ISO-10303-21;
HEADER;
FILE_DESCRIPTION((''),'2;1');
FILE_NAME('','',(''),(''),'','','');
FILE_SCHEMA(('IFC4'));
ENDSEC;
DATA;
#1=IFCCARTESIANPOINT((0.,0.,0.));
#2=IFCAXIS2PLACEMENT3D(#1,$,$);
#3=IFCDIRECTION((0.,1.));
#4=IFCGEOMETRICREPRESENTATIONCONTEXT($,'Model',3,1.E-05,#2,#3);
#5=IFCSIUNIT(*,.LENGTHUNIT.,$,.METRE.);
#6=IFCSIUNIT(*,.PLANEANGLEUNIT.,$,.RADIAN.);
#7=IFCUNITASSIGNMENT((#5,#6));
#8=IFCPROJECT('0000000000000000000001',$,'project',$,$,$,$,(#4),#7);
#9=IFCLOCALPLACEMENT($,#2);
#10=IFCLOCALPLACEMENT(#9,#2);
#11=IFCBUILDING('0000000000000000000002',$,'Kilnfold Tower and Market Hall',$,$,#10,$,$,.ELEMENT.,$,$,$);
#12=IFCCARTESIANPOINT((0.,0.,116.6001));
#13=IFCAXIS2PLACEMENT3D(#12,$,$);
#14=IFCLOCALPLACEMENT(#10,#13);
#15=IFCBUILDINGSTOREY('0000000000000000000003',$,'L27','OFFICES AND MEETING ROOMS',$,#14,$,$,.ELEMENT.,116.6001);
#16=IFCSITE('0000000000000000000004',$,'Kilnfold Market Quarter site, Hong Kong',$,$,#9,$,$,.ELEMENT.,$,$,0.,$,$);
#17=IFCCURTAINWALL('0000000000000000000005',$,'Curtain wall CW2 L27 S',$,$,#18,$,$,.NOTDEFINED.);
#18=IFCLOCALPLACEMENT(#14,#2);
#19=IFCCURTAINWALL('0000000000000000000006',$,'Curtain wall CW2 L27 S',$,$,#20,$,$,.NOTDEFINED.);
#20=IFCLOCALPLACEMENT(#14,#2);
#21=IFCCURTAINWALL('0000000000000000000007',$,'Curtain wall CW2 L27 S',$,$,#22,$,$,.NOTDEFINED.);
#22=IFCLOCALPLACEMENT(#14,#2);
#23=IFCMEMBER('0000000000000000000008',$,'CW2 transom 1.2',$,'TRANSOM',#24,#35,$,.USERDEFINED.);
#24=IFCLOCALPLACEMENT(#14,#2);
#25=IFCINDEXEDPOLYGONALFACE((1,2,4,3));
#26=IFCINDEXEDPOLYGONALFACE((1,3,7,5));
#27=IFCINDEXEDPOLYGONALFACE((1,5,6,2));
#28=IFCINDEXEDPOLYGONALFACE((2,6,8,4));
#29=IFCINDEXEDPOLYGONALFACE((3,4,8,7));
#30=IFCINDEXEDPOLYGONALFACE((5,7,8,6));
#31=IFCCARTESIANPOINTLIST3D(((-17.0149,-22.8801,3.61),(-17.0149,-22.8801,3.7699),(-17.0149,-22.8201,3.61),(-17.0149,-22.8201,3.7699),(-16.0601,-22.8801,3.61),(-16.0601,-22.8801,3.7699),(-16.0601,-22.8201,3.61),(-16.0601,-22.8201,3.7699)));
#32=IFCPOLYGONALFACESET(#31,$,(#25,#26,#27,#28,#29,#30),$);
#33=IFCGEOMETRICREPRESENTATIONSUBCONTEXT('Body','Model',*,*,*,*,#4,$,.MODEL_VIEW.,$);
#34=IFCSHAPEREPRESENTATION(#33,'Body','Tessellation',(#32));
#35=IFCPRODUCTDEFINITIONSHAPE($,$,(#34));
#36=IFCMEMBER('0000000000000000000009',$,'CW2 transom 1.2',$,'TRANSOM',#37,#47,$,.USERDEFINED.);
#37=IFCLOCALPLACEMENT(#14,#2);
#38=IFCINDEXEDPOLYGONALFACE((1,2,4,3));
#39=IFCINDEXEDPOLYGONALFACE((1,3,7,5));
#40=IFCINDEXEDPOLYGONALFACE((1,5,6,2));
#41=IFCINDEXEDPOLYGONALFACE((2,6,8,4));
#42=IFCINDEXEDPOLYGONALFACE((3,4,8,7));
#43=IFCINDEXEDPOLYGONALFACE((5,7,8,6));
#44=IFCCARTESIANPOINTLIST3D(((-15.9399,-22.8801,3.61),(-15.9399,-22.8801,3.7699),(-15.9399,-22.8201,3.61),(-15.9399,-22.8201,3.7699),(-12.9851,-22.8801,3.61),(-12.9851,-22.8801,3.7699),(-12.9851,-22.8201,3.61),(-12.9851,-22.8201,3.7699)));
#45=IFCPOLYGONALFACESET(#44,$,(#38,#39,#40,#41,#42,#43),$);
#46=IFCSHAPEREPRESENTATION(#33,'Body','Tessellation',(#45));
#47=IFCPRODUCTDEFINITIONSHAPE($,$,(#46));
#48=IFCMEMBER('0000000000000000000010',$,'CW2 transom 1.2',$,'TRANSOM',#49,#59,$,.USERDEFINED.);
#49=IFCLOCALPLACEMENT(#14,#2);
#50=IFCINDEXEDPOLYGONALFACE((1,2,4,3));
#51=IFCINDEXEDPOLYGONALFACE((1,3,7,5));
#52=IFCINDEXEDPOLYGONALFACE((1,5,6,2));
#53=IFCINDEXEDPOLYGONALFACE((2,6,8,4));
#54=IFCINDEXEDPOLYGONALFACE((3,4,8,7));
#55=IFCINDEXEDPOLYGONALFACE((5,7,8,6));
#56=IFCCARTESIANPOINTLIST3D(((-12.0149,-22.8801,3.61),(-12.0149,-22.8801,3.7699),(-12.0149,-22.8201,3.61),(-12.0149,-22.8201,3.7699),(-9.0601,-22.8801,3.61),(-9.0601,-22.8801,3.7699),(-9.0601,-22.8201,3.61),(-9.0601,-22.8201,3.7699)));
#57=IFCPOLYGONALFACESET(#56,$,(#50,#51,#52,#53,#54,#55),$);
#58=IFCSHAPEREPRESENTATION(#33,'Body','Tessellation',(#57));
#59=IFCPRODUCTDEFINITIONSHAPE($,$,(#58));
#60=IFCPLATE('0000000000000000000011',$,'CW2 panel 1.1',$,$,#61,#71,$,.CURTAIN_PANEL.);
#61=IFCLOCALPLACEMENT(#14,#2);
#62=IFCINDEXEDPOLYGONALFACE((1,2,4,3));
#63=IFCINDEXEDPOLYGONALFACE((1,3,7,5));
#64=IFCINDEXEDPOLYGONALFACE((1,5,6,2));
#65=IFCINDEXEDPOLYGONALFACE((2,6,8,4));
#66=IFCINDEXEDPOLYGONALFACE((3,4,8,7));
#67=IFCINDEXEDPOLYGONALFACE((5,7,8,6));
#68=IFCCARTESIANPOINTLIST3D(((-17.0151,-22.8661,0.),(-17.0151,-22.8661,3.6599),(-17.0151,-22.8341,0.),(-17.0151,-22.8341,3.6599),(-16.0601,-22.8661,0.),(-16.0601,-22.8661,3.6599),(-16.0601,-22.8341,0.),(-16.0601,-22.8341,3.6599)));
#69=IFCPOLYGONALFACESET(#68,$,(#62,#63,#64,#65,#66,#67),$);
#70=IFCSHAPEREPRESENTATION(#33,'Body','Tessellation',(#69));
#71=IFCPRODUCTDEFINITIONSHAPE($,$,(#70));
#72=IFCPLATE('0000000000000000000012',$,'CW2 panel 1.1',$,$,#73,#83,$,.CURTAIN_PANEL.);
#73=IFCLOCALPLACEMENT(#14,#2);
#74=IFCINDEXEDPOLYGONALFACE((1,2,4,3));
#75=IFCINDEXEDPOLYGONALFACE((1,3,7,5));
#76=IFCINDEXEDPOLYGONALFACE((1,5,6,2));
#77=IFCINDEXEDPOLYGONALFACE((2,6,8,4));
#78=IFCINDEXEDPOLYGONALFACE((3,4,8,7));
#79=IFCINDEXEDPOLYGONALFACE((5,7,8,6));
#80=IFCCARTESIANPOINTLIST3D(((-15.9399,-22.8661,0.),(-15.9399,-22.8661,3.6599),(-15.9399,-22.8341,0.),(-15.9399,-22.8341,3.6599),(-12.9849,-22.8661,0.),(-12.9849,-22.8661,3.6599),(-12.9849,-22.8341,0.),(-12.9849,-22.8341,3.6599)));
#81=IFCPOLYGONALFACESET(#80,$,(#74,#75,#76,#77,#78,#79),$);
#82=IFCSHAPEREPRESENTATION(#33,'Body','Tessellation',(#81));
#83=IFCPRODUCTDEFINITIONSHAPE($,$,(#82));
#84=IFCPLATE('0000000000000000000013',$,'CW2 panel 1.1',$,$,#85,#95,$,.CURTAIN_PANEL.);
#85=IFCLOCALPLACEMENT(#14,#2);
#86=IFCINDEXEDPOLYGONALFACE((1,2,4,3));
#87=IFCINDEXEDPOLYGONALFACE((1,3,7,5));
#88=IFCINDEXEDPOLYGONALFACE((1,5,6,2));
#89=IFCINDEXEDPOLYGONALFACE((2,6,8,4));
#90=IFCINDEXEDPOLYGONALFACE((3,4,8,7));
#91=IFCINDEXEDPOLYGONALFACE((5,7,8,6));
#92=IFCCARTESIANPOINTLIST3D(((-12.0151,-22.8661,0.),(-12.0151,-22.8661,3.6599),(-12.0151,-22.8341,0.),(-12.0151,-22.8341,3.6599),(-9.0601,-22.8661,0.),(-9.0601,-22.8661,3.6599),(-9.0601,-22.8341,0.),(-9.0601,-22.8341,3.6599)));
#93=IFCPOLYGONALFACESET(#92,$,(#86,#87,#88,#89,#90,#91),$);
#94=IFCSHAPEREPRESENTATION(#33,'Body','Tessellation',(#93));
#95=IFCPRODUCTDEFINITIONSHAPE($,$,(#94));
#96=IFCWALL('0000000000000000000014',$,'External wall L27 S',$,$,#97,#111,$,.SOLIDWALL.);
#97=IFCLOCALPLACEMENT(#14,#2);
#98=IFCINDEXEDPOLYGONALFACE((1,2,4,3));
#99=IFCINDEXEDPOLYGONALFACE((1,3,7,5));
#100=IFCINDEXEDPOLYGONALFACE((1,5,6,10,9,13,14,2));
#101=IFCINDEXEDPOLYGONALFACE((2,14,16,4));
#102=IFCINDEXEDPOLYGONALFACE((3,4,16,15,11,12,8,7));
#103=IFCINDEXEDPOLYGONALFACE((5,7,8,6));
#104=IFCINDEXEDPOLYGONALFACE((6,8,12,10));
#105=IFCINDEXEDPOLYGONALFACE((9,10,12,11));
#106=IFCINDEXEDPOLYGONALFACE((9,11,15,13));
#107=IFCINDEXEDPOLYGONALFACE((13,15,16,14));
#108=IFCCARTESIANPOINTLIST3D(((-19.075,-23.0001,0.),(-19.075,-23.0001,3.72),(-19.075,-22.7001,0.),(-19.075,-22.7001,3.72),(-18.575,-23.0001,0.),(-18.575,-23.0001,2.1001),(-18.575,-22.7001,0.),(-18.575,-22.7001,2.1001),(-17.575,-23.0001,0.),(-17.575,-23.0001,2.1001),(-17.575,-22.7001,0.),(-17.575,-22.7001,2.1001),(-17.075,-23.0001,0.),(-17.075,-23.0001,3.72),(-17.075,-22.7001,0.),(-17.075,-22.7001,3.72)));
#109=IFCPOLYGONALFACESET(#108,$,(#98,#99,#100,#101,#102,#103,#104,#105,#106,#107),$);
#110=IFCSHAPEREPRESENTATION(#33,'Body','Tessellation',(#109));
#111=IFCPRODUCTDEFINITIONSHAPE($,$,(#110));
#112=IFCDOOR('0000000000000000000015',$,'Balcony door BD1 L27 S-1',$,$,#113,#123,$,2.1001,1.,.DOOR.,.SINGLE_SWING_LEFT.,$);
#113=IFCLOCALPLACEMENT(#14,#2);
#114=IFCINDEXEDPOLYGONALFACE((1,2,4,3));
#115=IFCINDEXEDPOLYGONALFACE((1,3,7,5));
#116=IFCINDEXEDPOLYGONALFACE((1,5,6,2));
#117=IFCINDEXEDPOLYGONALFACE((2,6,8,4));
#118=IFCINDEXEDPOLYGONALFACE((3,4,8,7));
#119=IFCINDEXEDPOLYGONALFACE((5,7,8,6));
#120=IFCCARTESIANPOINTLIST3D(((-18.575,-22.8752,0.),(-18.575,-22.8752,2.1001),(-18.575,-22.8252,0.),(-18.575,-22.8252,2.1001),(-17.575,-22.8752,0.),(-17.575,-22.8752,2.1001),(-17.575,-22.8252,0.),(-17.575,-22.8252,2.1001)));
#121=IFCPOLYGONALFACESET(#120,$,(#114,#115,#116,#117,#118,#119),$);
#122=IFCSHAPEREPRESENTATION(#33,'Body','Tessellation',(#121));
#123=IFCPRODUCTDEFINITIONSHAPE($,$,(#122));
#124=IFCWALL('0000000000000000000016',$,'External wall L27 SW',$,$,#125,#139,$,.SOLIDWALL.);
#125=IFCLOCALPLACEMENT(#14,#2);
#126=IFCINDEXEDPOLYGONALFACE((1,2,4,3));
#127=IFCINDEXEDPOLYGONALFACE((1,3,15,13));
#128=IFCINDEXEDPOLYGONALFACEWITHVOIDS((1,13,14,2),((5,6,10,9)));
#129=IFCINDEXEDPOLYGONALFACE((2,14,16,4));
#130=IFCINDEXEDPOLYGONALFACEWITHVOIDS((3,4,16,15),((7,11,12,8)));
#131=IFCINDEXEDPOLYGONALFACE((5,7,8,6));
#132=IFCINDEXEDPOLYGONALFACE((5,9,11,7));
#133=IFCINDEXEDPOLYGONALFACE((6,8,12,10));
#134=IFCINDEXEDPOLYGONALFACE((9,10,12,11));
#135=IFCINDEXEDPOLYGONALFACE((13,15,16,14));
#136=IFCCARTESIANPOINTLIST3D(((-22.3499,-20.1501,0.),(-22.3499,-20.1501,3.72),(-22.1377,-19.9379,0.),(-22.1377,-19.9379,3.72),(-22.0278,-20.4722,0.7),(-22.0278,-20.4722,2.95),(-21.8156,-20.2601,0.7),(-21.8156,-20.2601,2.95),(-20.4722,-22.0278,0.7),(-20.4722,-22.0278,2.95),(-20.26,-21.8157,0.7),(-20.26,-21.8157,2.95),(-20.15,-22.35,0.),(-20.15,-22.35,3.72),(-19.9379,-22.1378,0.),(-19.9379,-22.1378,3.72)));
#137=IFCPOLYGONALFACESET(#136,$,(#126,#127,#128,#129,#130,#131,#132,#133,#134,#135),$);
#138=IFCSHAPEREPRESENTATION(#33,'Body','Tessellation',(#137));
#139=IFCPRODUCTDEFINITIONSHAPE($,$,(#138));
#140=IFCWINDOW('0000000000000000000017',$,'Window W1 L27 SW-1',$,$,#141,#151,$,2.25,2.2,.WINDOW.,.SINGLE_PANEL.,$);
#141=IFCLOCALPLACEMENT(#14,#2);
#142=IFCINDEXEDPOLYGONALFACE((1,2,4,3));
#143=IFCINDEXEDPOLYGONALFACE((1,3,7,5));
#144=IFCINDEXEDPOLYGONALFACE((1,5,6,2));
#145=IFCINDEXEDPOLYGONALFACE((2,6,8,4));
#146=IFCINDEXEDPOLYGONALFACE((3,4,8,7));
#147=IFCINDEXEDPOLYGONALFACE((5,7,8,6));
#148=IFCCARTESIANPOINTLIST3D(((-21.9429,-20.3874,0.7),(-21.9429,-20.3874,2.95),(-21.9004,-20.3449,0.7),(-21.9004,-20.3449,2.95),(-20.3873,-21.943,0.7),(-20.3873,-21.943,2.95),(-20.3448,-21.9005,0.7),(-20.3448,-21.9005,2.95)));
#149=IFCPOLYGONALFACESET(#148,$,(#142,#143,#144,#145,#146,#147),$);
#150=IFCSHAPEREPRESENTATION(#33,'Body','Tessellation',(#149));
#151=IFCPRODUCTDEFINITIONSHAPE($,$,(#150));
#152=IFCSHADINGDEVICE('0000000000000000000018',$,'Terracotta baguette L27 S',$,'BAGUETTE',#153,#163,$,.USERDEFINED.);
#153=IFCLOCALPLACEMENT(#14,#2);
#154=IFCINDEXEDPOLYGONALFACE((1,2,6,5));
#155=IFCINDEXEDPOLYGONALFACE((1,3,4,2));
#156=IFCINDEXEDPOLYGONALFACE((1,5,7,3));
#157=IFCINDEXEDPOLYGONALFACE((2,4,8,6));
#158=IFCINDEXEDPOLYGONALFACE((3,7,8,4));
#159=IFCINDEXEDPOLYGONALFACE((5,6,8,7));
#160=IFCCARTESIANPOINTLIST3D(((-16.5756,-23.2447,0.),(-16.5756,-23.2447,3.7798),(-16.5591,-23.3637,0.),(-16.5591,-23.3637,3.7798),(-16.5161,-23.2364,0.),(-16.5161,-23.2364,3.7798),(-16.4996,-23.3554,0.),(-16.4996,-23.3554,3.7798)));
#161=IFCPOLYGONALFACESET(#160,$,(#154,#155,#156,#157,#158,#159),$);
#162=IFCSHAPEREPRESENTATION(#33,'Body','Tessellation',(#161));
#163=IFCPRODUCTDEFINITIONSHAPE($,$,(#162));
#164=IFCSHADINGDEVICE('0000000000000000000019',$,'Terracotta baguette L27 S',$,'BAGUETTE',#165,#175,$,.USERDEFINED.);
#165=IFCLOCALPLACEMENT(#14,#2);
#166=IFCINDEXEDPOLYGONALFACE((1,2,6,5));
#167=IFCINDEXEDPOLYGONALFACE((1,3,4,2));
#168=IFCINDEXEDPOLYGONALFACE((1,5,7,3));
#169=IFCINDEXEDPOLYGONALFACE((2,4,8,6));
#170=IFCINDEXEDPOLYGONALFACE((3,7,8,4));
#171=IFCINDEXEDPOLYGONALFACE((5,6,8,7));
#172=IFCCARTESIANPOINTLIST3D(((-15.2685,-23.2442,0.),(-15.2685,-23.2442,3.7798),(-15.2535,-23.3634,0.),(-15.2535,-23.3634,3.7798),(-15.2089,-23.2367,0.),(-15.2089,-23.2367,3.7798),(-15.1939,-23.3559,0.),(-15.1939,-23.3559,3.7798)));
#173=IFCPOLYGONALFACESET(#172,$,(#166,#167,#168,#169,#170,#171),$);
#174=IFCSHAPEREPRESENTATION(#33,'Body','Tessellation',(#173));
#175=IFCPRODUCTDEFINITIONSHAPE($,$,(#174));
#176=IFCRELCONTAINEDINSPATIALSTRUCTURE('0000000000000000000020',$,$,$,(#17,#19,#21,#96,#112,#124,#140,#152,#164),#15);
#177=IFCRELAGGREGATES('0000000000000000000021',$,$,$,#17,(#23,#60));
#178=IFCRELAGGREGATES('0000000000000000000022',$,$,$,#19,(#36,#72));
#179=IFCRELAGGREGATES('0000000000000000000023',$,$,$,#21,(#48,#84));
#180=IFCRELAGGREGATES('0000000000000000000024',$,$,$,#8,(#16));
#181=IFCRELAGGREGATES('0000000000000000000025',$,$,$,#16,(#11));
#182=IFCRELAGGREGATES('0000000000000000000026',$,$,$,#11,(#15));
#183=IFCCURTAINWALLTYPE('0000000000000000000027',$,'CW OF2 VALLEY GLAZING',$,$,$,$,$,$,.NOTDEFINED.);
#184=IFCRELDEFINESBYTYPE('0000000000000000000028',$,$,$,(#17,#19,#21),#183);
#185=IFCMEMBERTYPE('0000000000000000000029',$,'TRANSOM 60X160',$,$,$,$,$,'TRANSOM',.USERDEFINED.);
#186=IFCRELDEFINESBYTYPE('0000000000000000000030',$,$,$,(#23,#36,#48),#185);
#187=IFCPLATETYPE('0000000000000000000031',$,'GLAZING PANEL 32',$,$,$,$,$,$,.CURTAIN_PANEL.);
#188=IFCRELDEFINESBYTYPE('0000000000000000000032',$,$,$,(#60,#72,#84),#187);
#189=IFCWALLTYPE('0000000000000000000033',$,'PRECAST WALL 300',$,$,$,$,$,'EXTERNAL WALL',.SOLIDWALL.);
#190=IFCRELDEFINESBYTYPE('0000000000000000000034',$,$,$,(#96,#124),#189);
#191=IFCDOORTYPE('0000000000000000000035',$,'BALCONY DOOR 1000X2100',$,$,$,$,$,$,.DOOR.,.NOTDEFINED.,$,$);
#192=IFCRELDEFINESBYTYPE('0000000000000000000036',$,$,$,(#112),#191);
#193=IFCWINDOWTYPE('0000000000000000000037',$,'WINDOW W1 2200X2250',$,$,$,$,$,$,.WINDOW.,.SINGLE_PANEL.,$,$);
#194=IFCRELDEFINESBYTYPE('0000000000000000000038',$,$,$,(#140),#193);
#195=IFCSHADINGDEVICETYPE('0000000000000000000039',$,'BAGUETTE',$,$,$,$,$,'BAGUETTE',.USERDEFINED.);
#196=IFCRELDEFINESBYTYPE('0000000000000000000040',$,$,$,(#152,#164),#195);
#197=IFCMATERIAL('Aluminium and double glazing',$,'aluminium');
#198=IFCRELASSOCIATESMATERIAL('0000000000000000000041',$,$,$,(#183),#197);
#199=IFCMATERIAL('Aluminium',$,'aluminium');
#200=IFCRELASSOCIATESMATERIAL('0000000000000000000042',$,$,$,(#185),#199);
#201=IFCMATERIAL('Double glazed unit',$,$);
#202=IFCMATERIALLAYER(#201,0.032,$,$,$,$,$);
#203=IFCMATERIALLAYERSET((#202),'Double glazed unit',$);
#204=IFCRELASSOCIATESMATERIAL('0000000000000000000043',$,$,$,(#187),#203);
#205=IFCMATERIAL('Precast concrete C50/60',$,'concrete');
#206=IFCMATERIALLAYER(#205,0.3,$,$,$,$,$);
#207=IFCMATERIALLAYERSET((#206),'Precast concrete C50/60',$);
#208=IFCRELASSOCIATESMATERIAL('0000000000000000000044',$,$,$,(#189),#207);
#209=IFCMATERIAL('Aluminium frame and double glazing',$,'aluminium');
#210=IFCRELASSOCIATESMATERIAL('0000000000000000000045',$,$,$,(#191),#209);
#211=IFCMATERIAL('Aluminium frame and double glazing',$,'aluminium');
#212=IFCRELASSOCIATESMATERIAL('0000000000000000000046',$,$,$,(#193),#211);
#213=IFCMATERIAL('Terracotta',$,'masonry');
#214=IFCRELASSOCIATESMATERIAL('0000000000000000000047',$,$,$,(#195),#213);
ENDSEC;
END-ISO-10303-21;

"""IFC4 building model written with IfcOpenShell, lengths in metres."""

from ifc_helpers import new_model, si_unit, direction, frame, frame_2d, origin, origin_2d, place, context, subcontext, project, spatial, rectangle, extrude, source, transform, mapped, material, layer, layer_set, material_profile, profile_set, type_object, element, fill, aggregate, save


model = new_model("IFC4")

# Units and contexts
model_context = context("Model", 3, precision=1e-05, world=origin(), true_north=direction((0.0, 1.0)))
body_context = subcontext(model_context, "Body", "Model", "MODEL_VIEW")
ifc_project = project(units=[si_unit("LENGTHUNIT", "METRE"), si_unit("PLANEANGLEUNIT", "RADIAN")], contexts=[model_context])

# Site, building, storey
site_placement = place(None, origin())
site = spatial("IfcSite", under=ifc_project, at=site_placement, Name="Kilnfold Market Quarter site, Hong Kong", CompositionType="ELEMENT", RefElevation=0.0)
building_placement = place(site_placement, origin())
building = spatial("IfcBuilding", under=site, at=building_placement, Name="Kilnfold Tower and Market Hall", CompositionType="ELEMENT")
storey_placement = place(building_placement, frame((0.0, 0.0, 116.6001)))
storey = spatial("IfcBuildingStorey", under=building, at=storey_placement, Name="L27", Description="OFFICES AND MEETING ROOMS", CompositionType="ELEMENT", Elevation=116.6001)

# Curtain walls
ifc_material_1 = material(Name="Aluminium and double glazing", Category="aluminium")
curtain_wall_type = type_object("IfcCurtainWallType", Name="CW OF2 VALLEY GLAZING", PredefinedType="NOTDEFINED", material=ifc_material_1)
curtain_wall_1_placement = place(storey_placement, origin())
curtain_wall_1 = element("IfcCurtainWall", 1, at=curtain_wall_1_placement, inside=storey, type_object=curtain_wall_type, Name="Curtain wall CW2 L27 S", PredefinedType="NOTDEFINED")
curtain_wall_2_placement = place(storey_placement, origin())
curtain_wall_2 = element("IfcCurtainWall", 2, at=curtain_wall_2_placement, inside=storey, type_object=curtain_wall_type, Name="Curtain wall CW2 L27 S", PredefinedType="NOTDEFINED")
curtain_wall_3_placement = place(storey_placement, origin())
curtain_wall_3 = element("IfcCurtainWall", 3, at=curtain_wall_3_placement, inside=storey, type_object=curtain_wall_type, Name="Curtain wall CW2 L27 S", PredefinedType="NOTDEFINED")

# Members
ifc_material_2 = material(Name="Aluminium", Category="aluminium")
ifc_material_profile_1 = material_profile(ifc_material_2, rectangle(XDim=0.0601, YDim=0.1599, at=origin_2d()), Name="TRANSOM 60x160")
ifc_profile_set_1 = profile_set([ifc_material_profile_1], Name="Aluminium")
member_type_1 = type_object("IfcMemberType", Name="TRANSOM 60X160", ElementType="TRANSOM", PredefinedType="USERDEFINED", material=ifc_profile_set_1)
shared_shape_1 = source(origin(), body_context, "Body", "SweptSolid", [
    extrude(rectangle(XDim=0.0601, YDim=0.1599, at=origin_2d()), origin(), (0.0, 0.0, 1.0), 0.9548),
])
member_1_placement = place(storey_placement, frame((-17.0149, -22.8501, 3.6899), z_axis=(1.0, 0.0, 0.0), x_axis=(0.0, 1.0, 0.0)))
member_1 = element("IfcMember", 4, at=member_1_placement, type_object=member_type_1, Name="CW2 transom 1.2", ObjectType="TRANSOM", PredefinedType="USERDEFINED", context=body_context, shape_type="MappedRepresentation", body=[
    mapped(shared_shape_1, transform((0.0, 0.0, 0.0))),
])
shared_shape_2 = source(origin(), body_context, "Body", "SweptSolid", [
    extrude(rectangle(XDim=0.0601, YDim=0.1599, at=origin_2d()), origin(), (0.0, 0.0, 1.0), 2.9548),
])
member_2_placement = place(storey_placement, frame((-15.9399, -22.8501, 3.6899), z_axis=(1.0, 0.0, 0.0), x_axis=(0.0, 1.0, 0.0)))
member_2 = element("IfcMember", 5, at=member_2_placement, type_object=member_type_1, Name="CW2 transom 1.2", ObjectType="TRANSOM", PredefinedType="USERDEFINED", context=body_context, shape_type="MappedRepresentation", body=[
    mapped(shared_shape_2, transform((0.0, 0.0, 0.0))),
])
member_3_placement = place(storey_placement, frame((-12.0149, -22.8501, 3.6899), z_axis=(1.0, 0.0, 0.0), x_axis=(0.0, 1.0, 0.0)))
member_3 = element("IfcMember", 6, at=member_3_placement, type_object=member_type_1, Name="CW2 transom 1.2", ObjectType="TRANSOM", PredefinedType="USERDEFINED", context=body_context, shape_type="MappedRepresentation", body=[
    mapped(shared_shape_2, transform((0.0, 0.0, 0.0))),
])

# Plates
ifc_material_3 = material(Name="Double glazed unit")
ifc_layer_1 = layer(ifc_material_3, 0.032)
ifc_layer_set_1 = layer_set([ifc_layer_1], Name="Double glazed unit")
plate_type = type_object("IfcPlateType", Name="GLAZING PANEL 32", PredefinedType="CURTAIN_PANEL", material=ifc_layer_set_1)
shared_shape_3 = source(origin(), body_context, "Body", "SweptSolid", [
    extrude(rectangle(XDim=0.9551, YDim=0.032, at=origin_2d()), origin(), (0.0, 0.0, 1.0), 3.6599),
])
plate_1_placement = place(storey_placement, frame((-16.5376, -22.8501, 0.0), z_axis=(0.0, 0.0, 1.0), x_axis=(1.0, 0.0, 0.0)))
plate_1 = element("IfcPlate", 7, at=plate_1_placement, type_object=plate_type, Name="CW2 panel 1.1", PredefinedType="CURTAIN_PANEL", context=body_context, shape_type="MappedRepresentation", body=[
    mapped(shared_shape_3, transform((0.0, 0.0, 0.0))),
])
aggregate(curtain_wall_1, [member_1, plate_1])
shared_shape_4 = source(origin(), body_context, "Body", "SweptSolid", [
    extrude(rectangle(XDim=2.9551, YDim=0.032, at=origin_2d()), origin(), (0.0, 0.0, 1.0), 3.6599),
])
plate_2_placement = place(storey_placement, frame((-14.4624, -22.8501, 0.0), z_axis=(0.0, 0.0, 1.0), x_axis=(1.0, 0.0, 0.0)))
plate_2 = element("IfcPlate", 8, at=plate_2_placement, type_object=plate_type, Name="CW2 panel 1.1", PredefinedType="CURTAIN_PANEL", context=body_context, shape_type="MappedRepresentation", body=[
    mapped(shared_shape_4, transform((0.0, 0.0, 0.0))),
])
aggregate(curtain_wall_2, [member_2, plate_2])
plate_3_placement = place(storey_placement, frame((-10.5376, -22.8501, 0.0), z_axis=(0.0, 0.0, 1.0), x_axis=(1.0, 0.0, 0.0)))
plate_3 = element("IfcPlate", 9, at=plate_3_placement, type_object=plate_type, Name="CW2 panel 1.1", PredefinedType="CURTAIN_PANEL", context=body_context, shape_type="MappedRepresentation", body=[
    mapped(shared_shape_4, transform((0.0, 0.0, 0.0))),
])
aggregate(curtain_wall_3, [member_3, plate_3])

# Wall, opening, door
ifc_material_4 = material(Name="Precast concrete C50/60", Category="concrete")
ifc_layer_2 = layer(ifc_material_4, 0.3)
ifc_layer_set_2 = layer_set([ifc_layer_2], Name="Precast concrete C50/60")
wall_type = type_object("IfcWallType", Name="PRECAST WALL 300", ElementType="EXTERNAL WALL", PredefinedType="SOLIDWALL", material=ifc_layer_set_2)
shared_shape_5 = source(origin(), body_context, "Body", "SweptSolid", [
    extrude(rectangle(XDim=2.0, YDim=0.3, at=frame_2d((1.0, 0.0))), origin(), (0.0, 0.0, 1.0), 3.72),
])
wall_1_placement = place(storey_placement, frame((-19.075, -22.8501, 0.0), z_axis=(0.0, 0.0, 1.0), x_axis=(1.0, 0.0, 0.0)))
wall_1 = element("IfcWall", 10, at=wall_1_placement, inside=storey, type_object=wall_type, Name="External wall L27 S", PredefinedType="SOLIDWALL", context=body_context, shape_type="MappedRepresentation", body=[
    mapped(shared_shape_5, transform((0.0, 0.0, 0.0))),
])
opening_1_placement = place(wall_1_placement, frame((0.5, 0.0, 0.0)))
opening_1 = element("IfcOpeningElement", 11, at=opening_1_placement, cuts=wall_1, PredefinedType="OPENING", context=body_context, shape_type="SweptSolid", body=[
    extrude(rectangle(XDim=1.0, YDim=2.1001, at=frame_2d((0.5, 1.05))), frame((0.0, 0.1602, 0.0), z_axis=(0.0, -1.0, 0.0), x_axis=(1.0, 0.0, 0.0)), (0.0, 0.0, 1.0), 0.3201),
])
ifc_material_5 = material(Name="Aluminium frame and double glazing", Category="aluminium")
door_type = type_object("IfcDoorType", Name="BALCONY DOOR 1000X2100", OperationType="NOTDEFINED", PredefinedType="DOOR", material=ifc_material_5)
door_placement = place(opening_1_placement, origin())
door = element("IfcDoor", 12, at=door_placement, inside=storey, type_object=door_type, Name="Balcony door BD1 L27 S-1", OperationType="SINGLE_SWING_LEFT", OverallHeight=2.1001, OverallWidth=1.0, PredefinedType="DOOR", context=body_context, shape_type="SweptSolid", body=[
    extrude(rectangle(XDim=1.0, YDim=2.1001, at=frame_2d((0.5, 1.05))), frame((0.0, 0.0249, 0.0), z_axis=(0.0, -1.0, 0.0), x_axis=(1.0, 0.0, 0.0)), (0.0, 0.0, 1.0), 0.05),
])
fill(opening_1, door)

# Wall, opening, window
shared_shape_6 = source(origin(), body_context, "Body", "SweptSolid", [
    extrude(rectangle(XDim=3.1111, YDim=0.3, at=frame_2d((1.5557, 0.0))), origin(), (0.0, 0.0, 1.0), 3.72),
])
wall_2_placement = place(storey_placement, frame((-22.2439, -20.0439, 0.0), z_axis=(0.0, 0.0, 1.0), x_axis=(0.707107, -0.707107, 0.0)))
wall_2 = element("IfcWall", 13, at=wall_2_placement, inside=storey, type_object=wall_type, Name="External wall L27 SW", PredefinedType="SOLIDWALL", context=body_context, shape_type="MappedRepresentation", body=[
    mapped(shared_shape_6, transform((0.0, 0.0, 0.0))),
])
opening_2_placement = place(wall_2_placement, frame((0.4556, 0.0, 0.7)))
opening_2 = element("IfcOpeningElement", 14, at=opening_2_placement, cuts=wall_2, PredefinedType="OPENING", context=body_context, shape_type="SweptSolid", body=[
    extrude(rectangle(XDim=2.2, YDim=2.25, at=frame_2d((1.1001, 1.125))), frame((0.0, 0.1602, 0.0), z_axis=(0.0, -1.0, 0.0), x_axis=(1.0, 0.0, 0.0)), (0.0, 0.0, 1.0), 0.3201),
])
ifc_material_6 = material(Name="Aluminium frame and double glazing", Category="aluminium")
window_type = type_object("IfcWindowType", Name="WINDOW W1 2200X2250", PartitioningType="SINGLE_PANEL", PredefinedType="WINDOW", material=ifc_material_6)
window_placement = place(opening_2_placement, origin())
window = element("IfcWindow", 15, at=window_placement, inside=storey, type_object=window_type, Name="Window W1 L27 SW-1", OverallHeight=2.25, OverallWidth=2.2, PartitioningType="SINGLE_PANEL", PredefinedType="WINDOW", context=body_context, shape_type="SweptSolid", body=[
    extrude(rectangle(XDim=2.2, YDim=2.25, at=frame_2d((1.1001, 1.125))), frame((0.0, 0.03, 0.0), z_axis=(0.0, -1.0, 0.0), x_axis=(1.0, 0.0, 0.0)), (0.0, 0.0, 1.0), 0.0601),
])
fill(opening_2, window)

# Shading devices
ifc_material_7 = material(Name="Terracotta", Category="masonry")
ifc_material_profile_2 = material_profile(ifc_material_7, rectangle(XDim=0.0601, YDim=0.1201, at=origin_2d()), Name="BAG 60x120")
ifc_profile_set_2 = profile_set([ifc_material_profile_2], Name="Terracotta")
shading_device_type = type_object("IfcShadingDeviceType", Name="BAGUETTE", ElementType="BAGUETTE", PredefinedType="USERDEFINED", material=ifc_profile_set_2)
shared_shape_7 = source(origin(), body_context, "Body", "SweptSolid", [
    extrude(rectangle(XDim=0.0601, YDim=0.1201, at=origin_2d()), origin(), (0.0, 0.0, 1.0), 3.7798),
])
for number, where, z_axis, x_axis, name in (
    (16, (-16.5376, -23.3, 0.0), (0.0, 0.0, 1.0), (0.990443, 0.137925, 0.0), "Terracotta baguette L27 S"),
    (17, (-15.2312, -23.3, 0.0), (0.0, 0.0, 1.0), (0.992121, 0.125285, 0.0), "Terracotta baguette L27 S"),
):
    element("IfcShadingDevice", number, at=place(storey_placement, frame(where, z_axis=z_axis, x_axis=x_axis)), inside=storey, type_object=shading_device_type, Name=name, ObjectType="BAGUETTE", PredefinedType="USERDEFINED", context=body_context, shape_type="MappedRepresentation", body=[
        mapped(shared_shape_7, transform((0.0, 0.0, 0.0))),
    ])

save(model, "model.ifc")
